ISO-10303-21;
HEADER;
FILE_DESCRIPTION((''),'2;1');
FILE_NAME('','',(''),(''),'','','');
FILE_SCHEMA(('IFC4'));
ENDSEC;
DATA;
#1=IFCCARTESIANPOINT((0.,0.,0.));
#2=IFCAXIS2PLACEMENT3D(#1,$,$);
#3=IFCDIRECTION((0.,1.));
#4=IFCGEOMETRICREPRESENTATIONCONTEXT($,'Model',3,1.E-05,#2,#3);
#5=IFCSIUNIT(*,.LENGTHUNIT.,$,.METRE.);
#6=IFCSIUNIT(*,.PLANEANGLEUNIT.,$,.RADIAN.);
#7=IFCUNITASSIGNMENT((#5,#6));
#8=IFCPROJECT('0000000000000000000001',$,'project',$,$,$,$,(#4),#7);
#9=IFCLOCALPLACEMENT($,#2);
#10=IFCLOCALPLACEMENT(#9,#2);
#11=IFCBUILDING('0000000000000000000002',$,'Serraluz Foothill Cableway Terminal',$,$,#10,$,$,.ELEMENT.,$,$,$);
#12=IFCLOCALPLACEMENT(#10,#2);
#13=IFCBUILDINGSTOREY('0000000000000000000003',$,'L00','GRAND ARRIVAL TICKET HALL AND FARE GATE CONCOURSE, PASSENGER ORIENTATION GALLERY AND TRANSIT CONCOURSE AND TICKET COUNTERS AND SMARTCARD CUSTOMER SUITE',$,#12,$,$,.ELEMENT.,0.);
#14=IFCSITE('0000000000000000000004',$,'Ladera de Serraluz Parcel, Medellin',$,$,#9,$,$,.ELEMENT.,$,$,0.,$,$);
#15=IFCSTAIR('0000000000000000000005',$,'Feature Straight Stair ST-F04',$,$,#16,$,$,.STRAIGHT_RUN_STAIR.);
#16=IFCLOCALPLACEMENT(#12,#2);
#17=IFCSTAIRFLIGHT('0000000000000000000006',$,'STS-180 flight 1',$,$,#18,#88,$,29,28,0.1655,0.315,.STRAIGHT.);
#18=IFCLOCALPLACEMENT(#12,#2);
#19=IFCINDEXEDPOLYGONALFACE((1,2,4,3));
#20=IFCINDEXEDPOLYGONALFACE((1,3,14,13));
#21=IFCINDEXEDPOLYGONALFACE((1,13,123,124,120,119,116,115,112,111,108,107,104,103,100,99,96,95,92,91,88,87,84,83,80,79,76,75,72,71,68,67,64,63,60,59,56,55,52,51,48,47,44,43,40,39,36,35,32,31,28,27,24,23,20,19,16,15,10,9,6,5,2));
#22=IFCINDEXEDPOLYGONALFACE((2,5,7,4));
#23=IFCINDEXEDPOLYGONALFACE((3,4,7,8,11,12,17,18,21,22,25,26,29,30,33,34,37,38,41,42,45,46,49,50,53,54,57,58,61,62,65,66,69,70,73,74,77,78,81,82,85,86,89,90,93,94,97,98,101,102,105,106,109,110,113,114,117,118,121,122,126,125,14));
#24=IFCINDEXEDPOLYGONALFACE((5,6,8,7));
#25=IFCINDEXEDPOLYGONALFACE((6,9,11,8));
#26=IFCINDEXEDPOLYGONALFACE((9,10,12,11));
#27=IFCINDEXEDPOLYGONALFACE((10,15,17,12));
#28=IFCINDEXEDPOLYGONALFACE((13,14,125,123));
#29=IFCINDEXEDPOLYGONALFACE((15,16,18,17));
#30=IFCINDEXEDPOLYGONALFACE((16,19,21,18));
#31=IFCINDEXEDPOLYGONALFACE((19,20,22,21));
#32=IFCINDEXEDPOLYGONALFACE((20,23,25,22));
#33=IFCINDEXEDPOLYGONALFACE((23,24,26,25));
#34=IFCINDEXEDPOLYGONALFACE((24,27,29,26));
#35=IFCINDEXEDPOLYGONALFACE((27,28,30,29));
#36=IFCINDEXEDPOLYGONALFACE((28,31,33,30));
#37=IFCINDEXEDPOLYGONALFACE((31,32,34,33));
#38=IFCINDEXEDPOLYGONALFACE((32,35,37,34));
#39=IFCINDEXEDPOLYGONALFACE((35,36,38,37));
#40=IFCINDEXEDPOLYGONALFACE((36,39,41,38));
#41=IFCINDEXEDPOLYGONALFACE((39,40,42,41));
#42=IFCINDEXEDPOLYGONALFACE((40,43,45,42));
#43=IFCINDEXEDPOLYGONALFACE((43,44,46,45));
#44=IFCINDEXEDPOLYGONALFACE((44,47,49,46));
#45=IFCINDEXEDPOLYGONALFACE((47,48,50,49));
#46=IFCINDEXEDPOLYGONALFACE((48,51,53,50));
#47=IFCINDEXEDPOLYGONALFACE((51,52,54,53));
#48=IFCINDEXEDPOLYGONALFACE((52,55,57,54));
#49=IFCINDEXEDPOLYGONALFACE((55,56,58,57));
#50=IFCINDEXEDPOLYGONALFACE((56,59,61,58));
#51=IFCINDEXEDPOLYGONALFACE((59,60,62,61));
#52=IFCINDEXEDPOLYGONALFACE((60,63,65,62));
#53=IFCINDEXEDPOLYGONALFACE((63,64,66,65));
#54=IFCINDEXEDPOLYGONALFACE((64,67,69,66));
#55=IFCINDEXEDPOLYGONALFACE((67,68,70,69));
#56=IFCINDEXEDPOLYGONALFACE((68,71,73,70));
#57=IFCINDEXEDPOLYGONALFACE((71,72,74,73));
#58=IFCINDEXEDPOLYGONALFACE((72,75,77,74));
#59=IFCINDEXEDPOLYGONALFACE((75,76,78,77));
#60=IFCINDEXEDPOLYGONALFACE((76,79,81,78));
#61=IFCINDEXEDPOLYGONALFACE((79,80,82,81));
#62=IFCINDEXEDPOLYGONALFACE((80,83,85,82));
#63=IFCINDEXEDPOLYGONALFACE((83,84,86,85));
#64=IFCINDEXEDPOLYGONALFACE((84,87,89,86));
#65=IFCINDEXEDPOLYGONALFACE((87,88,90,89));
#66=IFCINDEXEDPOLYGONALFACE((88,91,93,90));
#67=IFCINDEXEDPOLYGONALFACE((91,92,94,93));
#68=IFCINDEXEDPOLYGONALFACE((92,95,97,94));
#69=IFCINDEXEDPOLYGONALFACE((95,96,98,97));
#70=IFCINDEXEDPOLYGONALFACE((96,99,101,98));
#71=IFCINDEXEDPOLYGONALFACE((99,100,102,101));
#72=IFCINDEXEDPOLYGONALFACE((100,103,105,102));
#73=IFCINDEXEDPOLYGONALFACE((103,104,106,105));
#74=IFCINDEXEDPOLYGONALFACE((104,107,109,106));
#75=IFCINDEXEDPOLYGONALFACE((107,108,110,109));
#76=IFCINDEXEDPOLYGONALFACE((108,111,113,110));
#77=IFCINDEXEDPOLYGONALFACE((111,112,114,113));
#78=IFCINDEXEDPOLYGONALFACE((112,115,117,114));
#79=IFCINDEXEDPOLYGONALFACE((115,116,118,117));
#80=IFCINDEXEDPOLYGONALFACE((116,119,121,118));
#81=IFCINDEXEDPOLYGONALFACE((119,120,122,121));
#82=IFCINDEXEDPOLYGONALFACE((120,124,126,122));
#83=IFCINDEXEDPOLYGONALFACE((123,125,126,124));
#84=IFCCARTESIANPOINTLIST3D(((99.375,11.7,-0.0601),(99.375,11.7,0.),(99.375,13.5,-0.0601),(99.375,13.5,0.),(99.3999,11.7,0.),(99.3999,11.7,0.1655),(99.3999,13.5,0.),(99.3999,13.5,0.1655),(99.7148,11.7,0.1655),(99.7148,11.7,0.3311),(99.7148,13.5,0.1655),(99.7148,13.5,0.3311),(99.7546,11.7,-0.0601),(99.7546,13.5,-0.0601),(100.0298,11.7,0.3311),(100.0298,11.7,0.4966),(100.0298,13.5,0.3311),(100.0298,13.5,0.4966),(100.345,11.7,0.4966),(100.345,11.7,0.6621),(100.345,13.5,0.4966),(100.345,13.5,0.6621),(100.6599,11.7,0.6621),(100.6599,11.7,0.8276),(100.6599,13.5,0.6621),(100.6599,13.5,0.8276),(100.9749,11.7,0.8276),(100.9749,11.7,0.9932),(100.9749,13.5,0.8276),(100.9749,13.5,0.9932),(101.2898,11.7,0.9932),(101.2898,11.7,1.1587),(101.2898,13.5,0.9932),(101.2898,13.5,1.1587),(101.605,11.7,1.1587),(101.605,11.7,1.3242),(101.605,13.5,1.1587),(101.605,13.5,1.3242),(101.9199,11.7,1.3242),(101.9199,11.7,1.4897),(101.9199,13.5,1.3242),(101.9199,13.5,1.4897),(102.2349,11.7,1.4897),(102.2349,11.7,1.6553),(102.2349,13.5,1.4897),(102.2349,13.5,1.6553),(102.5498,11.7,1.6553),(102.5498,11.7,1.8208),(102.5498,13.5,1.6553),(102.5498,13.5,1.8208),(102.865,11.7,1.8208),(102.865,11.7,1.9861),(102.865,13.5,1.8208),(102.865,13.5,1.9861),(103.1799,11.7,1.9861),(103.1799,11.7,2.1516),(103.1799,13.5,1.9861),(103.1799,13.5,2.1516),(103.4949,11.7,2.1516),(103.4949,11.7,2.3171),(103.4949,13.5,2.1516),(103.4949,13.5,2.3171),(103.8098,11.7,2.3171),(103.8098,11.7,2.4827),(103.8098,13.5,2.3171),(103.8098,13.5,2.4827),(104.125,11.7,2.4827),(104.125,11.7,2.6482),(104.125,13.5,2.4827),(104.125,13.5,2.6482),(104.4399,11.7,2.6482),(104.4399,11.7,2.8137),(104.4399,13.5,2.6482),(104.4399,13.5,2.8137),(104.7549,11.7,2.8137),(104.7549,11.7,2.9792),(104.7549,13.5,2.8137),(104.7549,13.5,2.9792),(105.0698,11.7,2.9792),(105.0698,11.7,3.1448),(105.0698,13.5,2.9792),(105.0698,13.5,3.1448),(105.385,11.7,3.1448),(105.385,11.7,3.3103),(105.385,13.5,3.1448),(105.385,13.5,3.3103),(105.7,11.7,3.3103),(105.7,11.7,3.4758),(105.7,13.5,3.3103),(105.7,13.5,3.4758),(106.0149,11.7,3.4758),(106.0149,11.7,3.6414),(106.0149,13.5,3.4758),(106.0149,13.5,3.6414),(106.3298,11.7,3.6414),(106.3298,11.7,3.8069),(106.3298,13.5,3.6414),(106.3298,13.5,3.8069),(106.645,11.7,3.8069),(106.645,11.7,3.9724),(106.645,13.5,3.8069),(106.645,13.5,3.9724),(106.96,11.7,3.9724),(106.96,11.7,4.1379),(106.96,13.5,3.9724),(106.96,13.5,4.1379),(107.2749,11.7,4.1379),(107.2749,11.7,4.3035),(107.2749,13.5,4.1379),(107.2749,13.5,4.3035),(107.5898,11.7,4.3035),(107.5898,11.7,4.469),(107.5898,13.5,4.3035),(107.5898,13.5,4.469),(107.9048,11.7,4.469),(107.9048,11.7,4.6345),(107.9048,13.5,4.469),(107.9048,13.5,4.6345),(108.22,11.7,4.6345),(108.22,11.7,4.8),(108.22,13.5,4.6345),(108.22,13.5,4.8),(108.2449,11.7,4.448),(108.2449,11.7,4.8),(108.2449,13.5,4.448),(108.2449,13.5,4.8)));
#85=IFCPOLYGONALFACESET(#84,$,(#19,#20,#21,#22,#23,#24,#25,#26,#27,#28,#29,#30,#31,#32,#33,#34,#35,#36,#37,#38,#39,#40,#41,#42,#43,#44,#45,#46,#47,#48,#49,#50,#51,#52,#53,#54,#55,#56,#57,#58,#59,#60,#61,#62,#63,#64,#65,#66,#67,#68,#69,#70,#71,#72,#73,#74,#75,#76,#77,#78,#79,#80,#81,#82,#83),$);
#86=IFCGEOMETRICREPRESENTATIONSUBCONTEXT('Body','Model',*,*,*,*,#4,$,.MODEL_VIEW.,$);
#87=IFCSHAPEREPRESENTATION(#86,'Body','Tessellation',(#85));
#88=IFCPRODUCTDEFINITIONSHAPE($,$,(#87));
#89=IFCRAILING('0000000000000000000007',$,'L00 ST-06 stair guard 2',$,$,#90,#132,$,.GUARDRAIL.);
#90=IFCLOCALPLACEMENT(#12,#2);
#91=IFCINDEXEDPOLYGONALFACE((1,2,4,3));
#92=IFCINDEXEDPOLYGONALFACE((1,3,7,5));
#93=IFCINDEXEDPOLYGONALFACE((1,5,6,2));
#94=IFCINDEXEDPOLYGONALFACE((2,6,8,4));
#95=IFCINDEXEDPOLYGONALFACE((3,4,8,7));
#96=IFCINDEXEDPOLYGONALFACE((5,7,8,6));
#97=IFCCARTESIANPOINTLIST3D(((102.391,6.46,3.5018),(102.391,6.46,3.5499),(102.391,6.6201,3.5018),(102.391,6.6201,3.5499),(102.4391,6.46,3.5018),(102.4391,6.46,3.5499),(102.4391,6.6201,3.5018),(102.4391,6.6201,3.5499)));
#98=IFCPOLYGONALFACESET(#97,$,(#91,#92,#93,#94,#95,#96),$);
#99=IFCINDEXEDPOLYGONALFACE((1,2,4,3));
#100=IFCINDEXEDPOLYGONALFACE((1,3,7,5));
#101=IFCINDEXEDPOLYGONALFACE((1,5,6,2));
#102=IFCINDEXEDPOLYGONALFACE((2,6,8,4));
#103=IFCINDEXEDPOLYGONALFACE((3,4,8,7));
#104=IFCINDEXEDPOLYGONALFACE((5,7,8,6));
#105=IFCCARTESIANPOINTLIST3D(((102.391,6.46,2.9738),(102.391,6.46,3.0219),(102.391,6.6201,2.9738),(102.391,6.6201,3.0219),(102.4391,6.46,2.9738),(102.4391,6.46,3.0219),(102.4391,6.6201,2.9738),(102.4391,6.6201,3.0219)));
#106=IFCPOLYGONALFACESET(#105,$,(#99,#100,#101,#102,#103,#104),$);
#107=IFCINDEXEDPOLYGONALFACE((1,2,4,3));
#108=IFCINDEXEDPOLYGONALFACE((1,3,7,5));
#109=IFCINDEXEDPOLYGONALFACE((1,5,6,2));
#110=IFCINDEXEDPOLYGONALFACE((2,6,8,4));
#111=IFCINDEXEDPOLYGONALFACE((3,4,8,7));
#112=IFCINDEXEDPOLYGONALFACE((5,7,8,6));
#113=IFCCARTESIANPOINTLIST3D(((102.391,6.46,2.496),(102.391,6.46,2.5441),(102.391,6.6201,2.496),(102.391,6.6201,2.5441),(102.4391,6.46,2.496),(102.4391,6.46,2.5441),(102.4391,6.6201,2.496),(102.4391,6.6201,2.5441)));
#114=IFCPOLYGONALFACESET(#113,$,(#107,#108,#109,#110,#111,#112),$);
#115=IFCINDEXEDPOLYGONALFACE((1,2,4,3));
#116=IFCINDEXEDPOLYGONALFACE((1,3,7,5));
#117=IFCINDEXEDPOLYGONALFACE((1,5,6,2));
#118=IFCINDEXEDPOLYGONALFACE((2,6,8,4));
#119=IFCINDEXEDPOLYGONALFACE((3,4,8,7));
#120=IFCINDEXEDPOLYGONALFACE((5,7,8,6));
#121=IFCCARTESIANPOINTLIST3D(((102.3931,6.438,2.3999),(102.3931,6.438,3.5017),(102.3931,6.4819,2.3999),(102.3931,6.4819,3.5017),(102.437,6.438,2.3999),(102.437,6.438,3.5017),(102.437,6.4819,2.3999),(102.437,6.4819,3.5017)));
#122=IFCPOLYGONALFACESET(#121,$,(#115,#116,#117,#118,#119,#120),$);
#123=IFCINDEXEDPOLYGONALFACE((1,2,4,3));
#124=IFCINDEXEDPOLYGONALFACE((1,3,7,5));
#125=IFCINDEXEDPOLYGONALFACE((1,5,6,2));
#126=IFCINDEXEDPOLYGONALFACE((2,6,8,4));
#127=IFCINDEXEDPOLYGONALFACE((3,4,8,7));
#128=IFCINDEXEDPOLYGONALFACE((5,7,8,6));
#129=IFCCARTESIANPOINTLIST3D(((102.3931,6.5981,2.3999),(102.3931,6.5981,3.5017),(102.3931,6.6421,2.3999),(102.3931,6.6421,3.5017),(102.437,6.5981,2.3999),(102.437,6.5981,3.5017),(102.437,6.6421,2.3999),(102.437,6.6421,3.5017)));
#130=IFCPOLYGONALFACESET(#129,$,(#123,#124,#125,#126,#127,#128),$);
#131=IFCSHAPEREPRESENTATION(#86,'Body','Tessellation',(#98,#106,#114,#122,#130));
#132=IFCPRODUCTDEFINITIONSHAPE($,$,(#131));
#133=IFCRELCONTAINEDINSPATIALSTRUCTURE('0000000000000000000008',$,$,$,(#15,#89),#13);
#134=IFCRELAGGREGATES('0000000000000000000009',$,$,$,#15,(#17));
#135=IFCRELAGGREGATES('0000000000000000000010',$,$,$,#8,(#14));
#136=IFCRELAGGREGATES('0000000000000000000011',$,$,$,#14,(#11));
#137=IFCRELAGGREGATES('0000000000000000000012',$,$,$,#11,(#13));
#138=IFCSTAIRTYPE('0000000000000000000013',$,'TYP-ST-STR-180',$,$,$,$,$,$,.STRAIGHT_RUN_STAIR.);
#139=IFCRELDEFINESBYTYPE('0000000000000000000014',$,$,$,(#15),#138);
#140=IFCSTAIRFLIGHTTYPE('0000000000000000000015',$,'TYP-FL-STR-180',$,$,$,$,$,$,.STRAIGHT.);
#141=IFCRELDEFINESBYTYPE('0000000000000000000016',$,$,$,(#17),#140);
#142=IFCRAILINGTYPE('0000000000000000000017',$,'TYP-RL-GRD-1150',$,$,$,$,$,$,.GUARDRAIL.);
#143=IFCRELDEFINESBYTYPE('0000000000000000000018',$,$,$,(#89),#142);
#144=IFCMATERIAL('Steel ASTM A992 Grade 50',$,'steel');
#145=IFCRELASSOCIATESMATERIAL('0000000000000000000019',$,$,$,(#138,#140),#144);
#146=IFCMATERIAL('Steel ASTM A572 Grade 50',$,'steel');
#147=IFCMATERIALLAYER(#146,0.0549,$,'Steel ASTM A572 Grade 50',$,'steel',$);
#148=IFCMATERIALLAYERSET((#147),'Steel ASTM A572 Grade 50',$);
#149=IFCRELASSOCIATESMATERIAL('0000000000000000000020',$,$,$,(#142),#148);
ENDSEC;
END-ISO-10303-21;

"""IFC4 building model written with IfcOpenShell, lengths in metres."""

from ifc_helpers import new_model, si_unit, direction, frame, origin, origin_2d, place, context, subcontext, project, spatial, polyline, rectangle, outline, extrude, material, layer, layer_set, type_object, element, aggregate, save


model = new_model("IFC4")

# Units and contexts
model_context = context("Model", 3, precision=1e-05, world=origin(), true_north=direction((0.0, 1.0)))
body_context = subcontext(model_context, "Body", "Model", "MODEL_VIEW")
ifc_project = project(units=[si_unit("LENGTHUNIT", "METRE"), si_unit("PLANEANGLEUNIT", "RADIAN")], contexts=[model_context])

# Site, building, storey
site_placement = place(None, origin())
site = spatial("IfcSite", under=ifc_project, at=site_placement, Name="Ladera de Serraluz Parcel, Medellin", CompositionType="ELEMENT", RefElevation=0.0)
building_placement = place(site_placement, origin())
building = spatial("IfcBuilding", under=site, at=building_placement, Name="Serraluz Foothill Cableway Terminal", CompositionType="ELEMENT")
storey_placement = place(building_placement, origin())
storey = spatial("IfcBuildingStorey", under=building, at=storey_placement, Name="L00", Description="GRAND ARRIVAL TICKET HALL AND FARE GATE CONCOURSE, PASSENGER ORIENTATION GALLERY AND TRANSIT CONCOURSE AND TICKET COUNTERS AND SMARTCARD CUSTOMER SUITE", CompositionType="ELEMENT", Elevation=0.0)

# Stair, stair flight
ifc_material_1 = material(Name="Steel ASTM A992 Grade 50", Category="steel")
stair_type_1 = type_object("IfcStairType", Name="TYP-ST-STR-180", PredefinedType="STRAIGHT_RUN_STAIR", material=ifc_material_1)
stair_1_placement = place(storey_placement, origin())
stair_1 = element("IfcStair", 1, at=stair_1_placement, inside=storey, type_object=stair_type_1, Name="Feature Straight Stair ST-F04", PredefinedType="STRAIGHT_RUN_STAIR")
stair_flight_type_1 = type_object("IfcStairFlightType", Name="TYP-FL-STR-180", PredefinedType="STRAIGHT", material=ifc_material_1)
stair_flight_1_placement = place(storey_placement, frame((99.3999, 12.6001, 0.0), z_axis=(0.0, 0.0, 1.0), x_axis=(1.0, 0.0, 0.0)))
stair_flight_1 = element("IfcStairFlight", 2, at=stair_flight_1_placement, type_object=stair_flight_type_1, Name="STS-180 flight 1", NumberOfRisers=29, NumberOfTreads=28, PredefinedType="STRAIGHT", RiserHeight=0.1655, TreadLength=0.315, context=body_context, shape_type="SweptSolid", body=[
    extrude(outline(polyline([(-0.0249, -0.0601), (-0.0249, 0.0), (0.0, 0.0), (0.0, 0.1655), (0.3149, 0.1655), (0.3149, 0.3311), (0.6299, 0.3311), (0.6299, 0.4966), (0.9451, 0.4966), (0.9451, 0.6621), (1.26, 0.6621), (1.26, 0.8276), (1.575, 0.8276), (1.575, 0.9932), (1.8899, 0.9932), (1.8899, 1.1587), (2.2051, 1.1587), (2.2051, 1.3242), (2.52, 1.3242), (2.52, 1.4897), (2.835, 1.4897), (2.835, 1.6553), (3.1499, 1.6553), (3.1499, 1.8208), (3.4651, 1.8208), (3.4651, 1.9861), (3.78, 1.9861), (3.78, 2.1516), (4.095, 2.1516), (4.095, 2.3171), (4.4099, 2.3171), (4.4099, 2.4827), (4.7251, 2.4827), (4.7251, 2.6482), (5.04, 2.6482), (5.04, 2.8137), (5.355, 2.8137), (5.355, 2.9792), (5.6699, 2.9792), (5.6699, 3.1448), (5.9851, 3.1448), (5.9851, 3.3103), (6.3, 3.3103), (6.3, 3.4758), (6.615, 3.4758), (6.615, 3.6414), (6.9299, 3.6414), (6.9299, 3.8069), (7.2451, 3.8069), (7.2451, 3.9724), (7.5601, 3.9724), (7.5601, 4.1379), (7.875, 4.1379), (7.875, 4.3035), (8.1899, 4.3035), (8.1899, 4.469), (8.5049, 4.469), (8.5049, 4.6345), (8.8201, 4.6345), (8.8201, 4.8), (8.845, 4.8), (8.845, 4.448), (0.3547, -0.0601), (-0.0249, -0.0601)])), frame((0.0, 0.8999, 0.0), z_axis=(0.0, -1.0, 0.0), x_axis=(1.0, 0.0, 0.0)), (0.0, 0.0, 1.0), 1.8),
])
aggregate(stair_1, [stair_flight_1])

# Railing
ifc_material_2 = material(Name="Steel ASTM A572 Grade 50", Category="steel")
ifc_layer_1 = layer(ifc_material_2, 0.0549, Name="Steel ASTM A572 Grade 50", Category="steel")
ifc_layer_set_1 = layer_set([ifc_layer_1], Name="Steel ASTM A572 Grade 50")
railing_type_1 = type_object("IfcRailingType", Name="TYP-RL-GRD-1150", PredefinedType="GUARDRAIL", material=ifc_layer_set_1)
railing_1_placement = place(storey_placement, frame((102.415, 6.46, 2.3999)))
element("IfcRailing", 3, at=railing_1_placement, inside=storey, type_object=railing_type_1, Name="L00 ST-06 stair guard 2", PredefinedType="GUARDRAIL", context=body_context, shape_type="SweptSolid", body=[
    extrude(rectangle(XDim=0.0481, YDim=0.0481, at=origin_2d()), frame((0.0, 0.0, 1.126), z_axis=(0.0, 1.0, 0.0), x_axis=(-1.0, 0.0, 0.0)), (0.0, 0.0, 1.0), 0.1602),
    extrude(rectangle(XDim=0.0481, YDim=0.0481, at=origin_2d()), frame((0.0, 0.0, 0.5979), z_axis=(0.0, 1.0, 0.0), x_axis=(-1.0, 0.0, 0.0)), (0.0, 0.0, 1.0), 0.1602),
    extrude(rectangle(XDim=0.0481, YDim=0.0481, at=origin_2d()), frame((0.0, 0.0, 0.1201), z_axis=(0.0, 1.0, 0.0), x_axis=(-1.0, 0.0, 0.0)), (0.0, 0.0, 1.0), 0.1602),
    extrude(rectangle(XDim=0.0439, YDim=0.0439, at=origin_2d()), origin(), (0.0, 0.0, 1.0), 1.1018),
    extrude(rectangle(XDim=0.0439, YDim=0.0439, at=origin_2d()), frame((0.0, 0.1602, 0.0)), (0.0, 0.0, 1.0), 1.1018),
])

save(model, "model.ifc")
